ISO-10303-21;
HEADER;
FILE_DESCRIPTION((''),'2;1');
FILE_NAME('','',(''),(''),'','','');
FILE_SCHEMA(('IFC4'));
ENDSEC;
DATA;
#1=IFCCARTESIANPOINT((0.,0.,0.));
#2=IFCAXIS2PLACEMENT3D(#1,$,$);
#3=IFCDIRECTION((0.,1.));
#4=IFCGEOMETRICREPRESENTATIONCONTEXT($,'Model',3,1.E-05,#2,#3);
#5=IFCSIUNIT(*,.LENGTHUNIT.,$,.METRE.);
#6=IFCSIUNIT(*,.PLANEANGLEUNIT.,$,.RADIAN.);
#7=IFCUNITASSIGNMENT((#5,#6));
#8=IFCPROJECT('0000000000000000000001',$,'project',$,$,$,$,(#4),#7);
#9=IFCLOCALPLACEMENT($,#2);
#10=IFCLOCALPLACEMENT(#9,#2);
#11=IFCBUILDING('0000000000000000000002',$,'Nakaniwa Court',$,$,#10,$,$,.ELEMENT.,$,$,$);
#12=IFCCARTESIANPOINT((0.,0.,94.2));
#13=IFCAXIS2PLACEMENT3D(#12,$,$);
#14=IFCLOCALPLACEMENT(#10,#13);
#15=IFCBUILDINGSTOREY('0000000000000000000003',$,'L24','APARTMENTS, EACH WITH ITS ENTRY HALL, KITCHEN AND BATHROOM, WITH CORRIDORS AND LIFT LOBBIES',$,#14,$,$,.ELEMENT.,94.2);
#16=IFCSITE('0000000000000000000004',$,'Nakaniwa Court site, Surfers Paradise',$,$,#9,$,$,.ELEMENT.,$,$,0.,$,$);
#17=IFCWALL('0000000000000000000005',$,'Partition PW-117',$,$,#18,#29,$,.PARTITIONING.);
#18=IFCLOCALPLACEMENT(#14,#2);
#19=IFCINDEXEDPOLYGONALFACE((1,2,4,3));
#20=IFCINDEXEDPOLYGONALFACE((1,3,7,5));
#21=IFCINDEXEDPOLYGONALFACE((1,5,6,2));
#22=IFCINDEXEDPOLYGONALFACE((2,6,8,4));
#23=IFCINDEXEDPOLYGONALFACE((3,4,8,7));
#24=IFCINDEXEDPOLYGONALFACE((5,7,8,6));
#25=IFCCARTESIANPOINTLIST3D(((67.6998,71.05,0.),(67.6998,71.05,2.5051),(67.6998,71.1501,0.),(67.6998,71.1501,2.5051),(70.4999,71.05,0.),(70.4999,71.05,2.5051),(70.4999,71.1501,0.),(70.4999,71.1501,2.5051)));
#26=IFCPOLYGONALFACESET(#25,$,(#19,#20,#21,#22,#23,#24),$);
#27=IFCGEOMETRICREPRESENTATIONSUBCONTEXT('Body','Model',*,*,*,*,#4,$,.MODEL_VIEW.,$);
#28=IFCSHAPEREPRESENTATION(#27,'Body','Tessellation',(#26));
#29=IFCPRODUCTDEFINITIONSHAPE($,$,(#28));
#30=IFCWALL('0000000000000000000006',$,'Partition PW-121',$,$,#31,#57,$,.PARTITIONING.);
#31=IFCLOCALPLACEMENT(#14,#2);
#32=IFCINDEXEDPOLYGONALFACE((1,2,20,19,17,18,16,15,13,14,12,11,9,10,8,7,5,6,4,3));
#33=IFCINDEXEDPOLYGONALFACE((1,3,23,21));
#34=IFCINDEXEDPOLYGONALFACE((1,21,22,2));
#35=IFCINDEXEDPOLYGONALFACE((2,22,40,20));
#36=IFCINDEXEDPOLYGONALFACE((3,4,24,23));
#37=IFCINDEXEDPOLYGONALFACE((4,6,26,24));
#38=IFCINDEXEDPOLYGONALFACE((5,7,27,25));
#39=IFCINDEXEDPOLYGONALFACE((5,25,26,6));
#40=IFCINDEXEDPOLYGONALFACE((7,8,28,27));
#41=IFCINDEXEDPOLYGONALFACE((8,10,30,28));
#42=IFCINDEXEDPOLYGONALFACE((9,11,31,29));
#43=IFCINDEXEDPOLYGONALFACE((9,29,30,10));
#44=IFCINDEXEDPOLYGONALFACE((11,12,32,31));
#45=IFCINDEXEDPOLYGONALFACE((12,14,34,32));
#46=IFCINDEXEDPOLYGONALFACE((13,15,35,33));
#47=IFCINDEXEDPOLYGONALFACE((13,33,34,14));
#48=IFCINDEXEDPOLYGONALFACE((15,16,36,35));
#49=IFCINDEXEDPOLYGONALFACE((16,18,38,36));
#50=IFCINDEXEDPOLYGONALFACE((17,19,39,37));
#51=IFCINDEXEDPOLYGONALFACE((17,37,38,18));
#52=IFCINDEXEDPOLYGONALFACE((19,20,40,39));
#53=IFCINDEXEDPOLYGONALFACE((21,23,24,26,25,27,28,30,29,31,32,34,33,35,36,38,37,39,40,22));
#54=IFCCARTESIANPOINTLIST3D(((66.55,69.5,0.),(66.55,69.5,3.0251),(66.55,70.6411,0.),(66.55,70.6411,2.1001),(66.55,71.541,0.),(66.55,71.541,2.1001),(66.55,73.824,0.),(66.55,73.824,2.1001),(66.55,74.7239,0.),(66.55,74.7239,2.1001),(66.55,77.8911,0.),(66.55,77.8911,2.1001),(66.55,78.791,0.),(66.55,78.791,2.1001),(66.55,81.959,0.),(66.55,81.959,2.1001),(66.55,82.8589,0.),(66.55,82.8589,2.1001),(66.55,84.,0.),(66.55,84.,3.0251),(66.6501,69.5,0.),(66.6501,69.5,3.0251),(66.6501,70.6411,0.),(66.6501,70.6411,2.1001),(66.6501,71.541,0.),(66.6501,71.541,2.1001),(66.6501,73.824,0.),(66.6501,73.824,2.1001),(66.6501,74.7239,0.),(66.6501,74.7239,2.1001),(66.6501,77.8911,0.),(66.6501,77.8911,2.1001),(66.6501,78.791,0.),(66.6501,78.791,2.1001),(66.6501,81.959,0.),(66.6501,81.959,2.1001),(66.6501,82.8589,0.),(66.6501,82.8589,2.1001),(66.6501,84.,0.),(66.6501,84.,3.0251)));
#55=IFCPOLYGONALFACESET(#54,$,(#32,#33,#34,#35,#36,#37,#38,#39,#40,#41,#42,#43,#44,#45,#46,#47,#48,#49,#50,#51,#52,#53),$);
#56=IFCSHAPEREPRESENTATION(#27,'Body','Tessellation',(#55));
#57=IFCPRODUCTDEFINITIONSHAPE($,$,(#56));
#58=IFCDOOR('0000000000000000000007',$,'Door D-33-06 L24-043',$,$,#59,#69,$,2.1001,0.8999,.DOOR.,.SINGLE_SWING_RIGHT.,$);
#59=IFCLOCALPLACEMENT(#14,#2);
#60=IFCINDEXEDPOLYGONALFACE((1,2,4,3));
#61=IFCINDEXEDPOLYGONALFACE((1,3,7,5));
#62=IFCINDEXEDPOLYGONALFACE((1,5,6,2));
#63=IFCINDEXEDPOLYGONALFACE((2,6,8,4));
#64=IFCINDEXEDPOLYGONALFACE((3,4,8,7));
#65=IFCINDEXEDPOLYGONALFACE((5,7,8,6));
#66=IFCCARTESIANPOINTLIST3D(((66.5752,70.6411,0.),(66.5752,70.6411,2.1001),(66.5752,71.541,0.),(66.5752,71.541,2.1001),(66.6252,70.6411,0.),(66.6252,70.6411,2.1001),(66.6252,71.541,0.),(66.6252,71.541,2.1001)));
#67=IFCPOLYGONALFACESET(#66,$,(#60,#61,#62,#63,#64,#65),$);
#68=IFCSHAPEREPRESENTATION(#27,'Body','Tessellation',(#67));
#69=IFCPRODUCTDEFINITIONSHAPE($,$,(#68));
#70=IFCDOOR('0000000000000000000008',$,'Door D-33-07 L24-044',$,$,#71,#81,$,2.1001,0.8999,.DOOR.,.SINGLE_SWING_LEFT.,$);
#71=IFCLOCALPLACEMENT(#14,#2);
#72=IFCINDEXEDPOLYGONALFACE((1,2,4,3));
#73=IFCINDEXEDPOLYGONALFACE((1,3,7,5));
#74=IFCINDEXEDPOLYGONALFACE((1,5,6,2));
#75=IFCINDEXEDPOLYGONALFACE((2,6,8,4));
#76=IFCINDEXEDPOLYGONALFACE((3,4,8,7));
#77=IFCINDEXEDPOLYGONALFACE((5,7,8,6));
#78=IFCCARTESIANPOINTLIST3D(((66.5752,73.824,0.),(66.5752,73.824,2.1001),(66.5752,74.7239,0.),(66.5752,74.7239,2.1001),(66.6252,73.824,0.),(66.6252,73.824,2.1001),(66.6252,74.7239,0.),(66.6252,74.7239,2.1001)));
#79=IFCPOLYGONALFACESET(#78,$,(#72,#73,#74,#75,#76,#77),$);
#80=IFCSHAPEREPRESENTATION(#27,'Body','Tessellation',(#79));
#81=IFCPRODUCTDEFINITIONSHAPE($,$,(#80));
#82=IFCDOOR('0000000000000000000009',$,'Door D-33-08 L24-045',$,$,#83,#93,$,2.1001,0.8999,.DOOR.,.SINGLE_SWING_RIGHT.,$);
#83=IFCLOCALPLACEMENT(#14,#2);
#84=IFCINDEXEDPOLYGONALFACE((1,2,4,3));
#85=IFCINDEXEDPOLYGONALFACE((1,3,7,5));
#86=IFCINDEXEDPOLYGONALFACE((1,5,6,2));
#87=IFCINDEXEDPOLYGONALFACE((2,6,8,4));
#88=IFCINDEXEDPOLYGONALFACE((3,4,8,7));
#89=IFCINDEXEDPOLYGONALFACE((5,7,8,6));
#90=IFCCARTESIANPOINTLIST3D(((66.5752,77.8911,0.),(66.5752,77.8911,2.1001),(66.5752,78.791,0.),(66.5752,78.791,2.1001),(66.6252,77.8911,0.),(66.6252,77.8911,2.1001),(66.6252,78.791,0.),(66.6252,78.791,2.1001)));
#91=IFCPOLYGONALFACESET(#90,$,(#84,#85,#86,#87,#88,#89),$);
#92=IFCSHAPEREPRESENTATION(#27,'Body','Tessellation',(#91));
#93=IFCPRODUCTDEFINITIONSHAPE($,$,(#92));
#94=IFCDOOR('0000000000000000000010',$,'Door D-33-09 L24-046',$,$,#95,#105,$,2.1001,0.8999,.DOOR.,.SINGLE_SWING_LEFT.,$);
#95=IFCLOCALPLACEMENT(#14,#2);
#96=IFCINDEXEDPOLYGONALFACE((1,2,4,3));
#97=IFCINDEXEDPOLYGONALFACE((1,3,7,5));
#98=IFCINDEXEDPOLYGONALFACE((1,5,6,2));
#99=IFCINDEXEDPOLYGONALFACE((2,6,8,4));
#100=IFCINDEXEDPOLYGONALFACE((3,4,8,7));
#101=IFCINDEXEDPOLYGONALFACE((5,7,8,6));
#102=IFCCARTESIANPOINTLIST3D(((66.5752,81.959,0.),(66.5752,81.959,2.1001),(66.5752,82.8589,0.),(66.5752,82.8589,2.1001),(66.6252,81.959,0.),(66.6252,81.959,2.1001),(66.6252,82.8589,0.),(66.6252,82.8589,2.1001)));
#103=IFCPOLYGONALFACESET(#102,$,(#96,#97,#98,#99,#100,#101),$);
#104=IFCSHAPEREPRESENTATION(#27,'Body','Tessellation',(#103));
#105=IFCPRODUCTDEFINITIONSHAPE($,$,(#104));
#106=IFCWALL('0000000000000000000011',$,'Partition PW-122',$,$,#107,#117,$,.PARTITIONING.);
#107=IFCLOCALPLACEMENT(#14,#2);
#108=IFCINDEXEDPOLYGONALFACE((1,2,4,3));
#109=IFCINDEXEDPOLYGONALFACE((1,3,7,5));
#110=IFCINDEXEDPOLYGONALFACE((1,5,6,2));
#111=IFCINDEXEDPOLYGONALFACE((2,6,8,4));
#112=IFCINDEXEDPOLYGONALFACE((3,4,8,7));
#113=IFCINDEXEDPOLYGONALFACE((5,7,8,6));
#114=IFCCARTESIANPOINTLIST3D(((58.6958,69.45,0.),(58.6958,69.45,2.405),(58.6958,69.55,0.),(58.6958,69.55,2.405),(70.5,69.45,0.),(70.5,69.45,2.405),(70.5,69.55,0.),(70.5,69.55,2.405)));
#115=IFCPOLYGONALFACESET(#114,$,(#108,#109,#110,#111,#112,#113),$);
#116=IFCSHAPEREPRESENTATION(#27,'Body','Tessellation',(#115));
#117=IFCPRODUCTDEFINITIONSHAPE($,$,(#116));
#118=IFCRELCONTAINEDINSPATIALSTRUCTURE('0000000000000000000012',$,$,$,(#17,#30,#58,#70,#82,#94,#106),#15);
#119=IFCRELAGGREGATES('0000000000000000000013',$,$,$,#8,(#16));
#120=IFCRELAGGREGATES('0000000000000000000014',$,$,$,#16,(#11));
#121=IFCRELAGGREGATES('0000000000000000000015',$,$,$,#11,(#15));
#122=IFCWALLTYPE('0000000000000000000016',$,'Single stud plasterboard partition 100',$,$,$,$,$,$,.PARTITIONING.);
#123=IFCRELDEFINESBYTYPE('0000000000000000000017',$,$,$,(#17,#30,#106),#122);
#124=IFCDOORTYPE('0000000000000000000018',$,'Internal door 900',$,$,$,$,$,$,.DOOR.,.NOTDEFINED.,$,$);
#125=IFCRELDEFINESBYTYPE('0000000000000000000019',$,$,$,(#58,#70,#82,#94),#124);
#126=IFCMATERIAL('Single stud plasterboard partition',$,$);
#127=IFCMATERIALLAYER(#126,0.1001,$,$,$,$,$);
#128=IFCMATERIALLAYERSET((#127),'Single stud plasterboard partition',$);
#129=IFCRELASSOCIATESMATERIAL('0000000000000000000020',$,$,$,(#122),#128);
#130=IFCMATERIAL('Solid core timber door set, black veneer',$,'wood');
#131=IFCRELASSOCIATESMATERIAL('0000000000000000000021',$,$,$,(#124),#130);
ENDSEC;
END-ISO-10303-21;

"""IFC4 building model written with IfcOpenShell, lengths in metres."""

from ifc_helpers import new_model, si_unit, direction, frame, frame_2d, origin, place, context, subcontext, project, spatial, rectangle, extrude, material, layer, layer_set, type_object, element, fill, save


model = new_model("IFC4")

# Units and contexts
model_context = context("Model", 3, precision=1e-05, world=origin(), true_north=direction((0.0, 1.0)))
body_context = subcontext(model_context, "Body", "Model", "MODEL_VIEW")
ifc_project = project(units=[si_unit("LENGTHUNIT", "METRE"), si_unit("PLANEANGLEUNIT", "RADIAN")], contexts=[model_context])

# Site, building, storey
site_placement = place(None, origin())
site = spatial("IfcSite", under=ifc_project, at=site_placement, Name="Nakaniwa Court site, Surfers Paradise", CompositionType="ELEMENT", RefElevation=0.0)
building_placement = place(site_placement, origin())
building = spatial("IfcBuilding", under=site, at=building_placement, Name="Nakaniwa Court", CompositionType="ELEMENT")
storey_placement = place(building_placement, frame((0.0, 0.0, 94.2)))
storey = spatial("IfcBuildingStorey", under=building, at=storey_placement, Name="L24", Description="APARTMENTS, EACH WITH ITS ENTRY HALL, KITCHEN AND BATHROOM, WITH CORRIDORS AND LIFT LOBBIES", CompositionType="ELEMENT", Elevation=94.2)

# Shared definitions
ifc_material_1 = material(Name="Solid core timber door set, black veneer", Category="wood")

# Wall
ifc_material_2 = material(Name="Single stud plasterboard partition")
ifc_layer_1 = layer(ifc_material_2, 0.1001)
ifc_layer_set_1 = layer_set([ifc_layer_1], Name="Single stud plasterboard partition")
wall_type_1 = type_object("IfcWallType", Name="Single stud plasterboard partition 100", PredefinedType="PARTITIONING", material=ifc_layer_set_1)
wall_1_placement = place(storey_placement, frame((67.7, 71.1001, 0.0), z_axis=(0.0, 0.0, 1.0), x_axis=(1.0, 0.0, 0.0)))
element("IfcWall", 1, at=wall_1_placement, inside=storey, type_object=wall_type_1, Name="Partition PW-117", PredefinedType="PARTITIONING", context=body_context, shape_type="SweptSolid", body=[
    extrude(rectangle(XDim=2.8, YDim=0.1001, at=frame_2d((1.3999, 0.0))), origin(), (0.0, 0.0, 1.0), 2.5051),
])

# Wall, openings, doors
wall_2_placement = place(storey_placement, frame((66.6001, 69.5, 0.0), z_axis=(0.0, 0.0, 1.0), x_axis=(0.0, 1.0, 0.0)))
wall_2 = element("IfcWall", 2, at=wall_2_placement, inside=storey, type_object=wall_type_1, Name="Partition PW-121", PredefinedType="PARTITIONING", context=body_context, shape_type="SweptSolid", body=[
    extrude(rectangle(XDim=14.5, YDim=0.1001, at=frame_2d((7.25, 0.0))), origin(), (0.0, 0.0, 1.0), 3.0251),
])
opening_1_placement = place(wall_2_placement, frame((1.1411, 0.0, 0.0)))
opening_1 = element("IfcOpeningElement", 3, at=opening_1_placement, cuts=wall_2, PredefinedType="OPENING", context=body_context, shape_type="SweptSolid", body=[
    extrude(rectangle(XDim=0.8999, YDim=2.1001, at=frame_2d((0.45, 1.05))), frame((0.0, 0.0601, 0.0), z_axis=(0.0, -1.0, 0.0), x_axis=(1.0, 0.0, 0.0)), (0.0, 0.0, 1.0), 0.1201),
])
opening_2_placement = place(wall_2_placement, frame((4.324, 0.0, 0.0)))
opening_2 = element("IfcOpeningElement", 4, at=opening_2_placement, cuts=wall_2, PredefinedType="OPENING", context=body_context, shape_type="SweptSolid", body=[
    extrude(rectangle(XDim=0.8999, YDim=2.1001, at=frame_2d((0.45, 1.05))), frame((0.0, 0.0601, 0.0), z_axis=(0.0, -1.0, 0.0), x_axis=(1.0, 0.0, 0.0)), (0.0, 0.0, 1.0), 0.1201),
])
opening_3_placement = place(wall_2_placement, frame((8.3911, 0.0, 0.0)))
opening_3 = element("IfcOpeningElement", 5, at=opening_3_placement, cuts=wall_2, PredefinedType="OPENING", context=body_context, shape_type="SweptSolid", body=[
    extrude(rectangle(XDim=0.8999, YDim=2.1001, at=frame_2d((0.45, 1.05))), frame((0.0, 0.0601, 0.0), z_axis=(0.0, -1.0, 0.0), x_axis=(1.0, 0.0, 0.0)), (0.0, 0.0, 1.0), 0.1201),
])
opening_4_placement = place(wall_2_placement, frame((12.459, 0.0, 0.0)))
opening_4 = element("IfcOpeningElement", 6, at=opening_4_placement, cuts=wall_2, PredefinedType="OPENING", context=body_context, shape_type="SweptSolid", body=[
    extrude(rectangle(XDim=0.8999, YDim=2.1001, at=frame_2d((0.45, 1.05))), frame((0.0, 0.0601, 0.0), z_axis=(0.0, -1.0, 0.0), x_axis=(1.0, 0.0, 0.0)), (0.0, 0.0, 1.0), 0.1201),
])
door_type_1 = type_object("IfcDoorType", Name="Internal door 900", OperationType="NOTDEFINED", PredefinedType="DOOR", material=ifc_material_1)
door_1_placement = place(opening_1_placement, origin())
door_1 = element("IfcDoor", 7, at=door_1_placement, inside=storey, type_object=door_type_1, Name="Door D-33-06 L24-043", OperationType="SINGLE_SWING_RIGHT", OverallHeight=2.1001, OverallWidth=0.8999, PredefinedType="DOOR", context=body_context, shape_type="SweptSolid", body=[
    extrude(rectangle(XDim=0.8999, YDim=2.1001, at=frame_2d((0.45, 1.05))), frame((0.0, 0.0249, 0.0), z_axis=(0.0, -1.0, 0.0), x_axis=(1.0, 0.0, 0.0)), (0.0, 0.0, 1.0), 0.05),
])
fill(opening_1, door_1)
door_2_placement = place(opening_2_placement, origin())
door_2 = element("IfcDoor", 8, at=door_2_placement, inside=storey, type_object=door_type_1, Name="Door D-33-07 L24-044", OperationType="SINGLE_SWING_LEFT", OverallHeight=2.1001, OverallWidth=0.8999, PredefinedType="DOOR", context=body_context, shape_type="SweptSolid", body=[
    extrude(rectangle(XDim=0.8999, YDim=2.1001, at=frame_2d((0.45, 1.05))), frame((0.0, 0.0249, 0.0), z_axis=(0.0, -1.0, 0.0), x_axis=(1.0, 0.0, 0.0)), (0.0, 0.0, 1.0), 0.05),
])
fill(opening_2, door_2)
door_3_placement = place(opening_3_placement, origin())
door_3 = element("IfcDoor", 9, at=door_3_placement, inside=storey, type_object=door_type_1, Name="Door D-33-08 L24-045", OperationType="SINGLE_SWING_RIGHT", OverallHeight=2.1001, OverallWidth=0.8999, PredefinedType="DOOR", context=body_context, shape_type="SweptSolid", body=[
    extrude(rectangle(XDim=0.8999, YDim=2.1001, at=frame_2d((0.45, 1.05))), frame((0.0, 0.0249, 0.0), z_axis=(0.0, -1.0, 0.0), x_axis=(1.0, 0.0, 0.0)), (0.0, 0.0, 1.0), 0.05),
])
fill(opening_3, door_3)
door_4_placement = place(opening_4_placement, origin())
door_4 = element("IfcDoor", 10, at=door_4_placement, inside=storey, type_object=door_type_1, Name="Door D-33-09 L24-046", OperationType="SINGLE_SWING_LEFT", OverallHeight=2.1001, OverallWidth=0.8999, PredefinedType="DOOR", context=body_context, shape_type="SweptSolid", body=[
    extrude(rectangle(XDim=0.8999, YDim=2.1001, at=frame_2d((0.45, 1.05))), frame((0.0, 0.0249, 0.0), z_axis=(0.0, -1.0, 0.0), x_axis=(1.0, 0.0, 0.0)), (0.0, 0.0, 1.0), 0.05),
])
fill(opening_4, door_4)

# Wall
wall_3_placement = place(storey_placement, frame((58.6958, 69.5, 0.0), z_axis=(0.0, 0.0, 1.0), x_axis=(1.0, 0.0, 0.0)))
element("IfcWall", 11, at=wall_3_placement, inside=storey, type_object=wall_type_1, Name="Partition PW-122", PredefinedType="PARTITIONING", context=body_context, shape_type="SweptSolid", body=[
    extrude(rectangle(XDim=11.8042, YDim=0.1001, at=frame_2d((5.9021, 0.0))), origin(), (0.0, 0.0, 1.0), 2.405),
])

save(model, "model.ifc")
